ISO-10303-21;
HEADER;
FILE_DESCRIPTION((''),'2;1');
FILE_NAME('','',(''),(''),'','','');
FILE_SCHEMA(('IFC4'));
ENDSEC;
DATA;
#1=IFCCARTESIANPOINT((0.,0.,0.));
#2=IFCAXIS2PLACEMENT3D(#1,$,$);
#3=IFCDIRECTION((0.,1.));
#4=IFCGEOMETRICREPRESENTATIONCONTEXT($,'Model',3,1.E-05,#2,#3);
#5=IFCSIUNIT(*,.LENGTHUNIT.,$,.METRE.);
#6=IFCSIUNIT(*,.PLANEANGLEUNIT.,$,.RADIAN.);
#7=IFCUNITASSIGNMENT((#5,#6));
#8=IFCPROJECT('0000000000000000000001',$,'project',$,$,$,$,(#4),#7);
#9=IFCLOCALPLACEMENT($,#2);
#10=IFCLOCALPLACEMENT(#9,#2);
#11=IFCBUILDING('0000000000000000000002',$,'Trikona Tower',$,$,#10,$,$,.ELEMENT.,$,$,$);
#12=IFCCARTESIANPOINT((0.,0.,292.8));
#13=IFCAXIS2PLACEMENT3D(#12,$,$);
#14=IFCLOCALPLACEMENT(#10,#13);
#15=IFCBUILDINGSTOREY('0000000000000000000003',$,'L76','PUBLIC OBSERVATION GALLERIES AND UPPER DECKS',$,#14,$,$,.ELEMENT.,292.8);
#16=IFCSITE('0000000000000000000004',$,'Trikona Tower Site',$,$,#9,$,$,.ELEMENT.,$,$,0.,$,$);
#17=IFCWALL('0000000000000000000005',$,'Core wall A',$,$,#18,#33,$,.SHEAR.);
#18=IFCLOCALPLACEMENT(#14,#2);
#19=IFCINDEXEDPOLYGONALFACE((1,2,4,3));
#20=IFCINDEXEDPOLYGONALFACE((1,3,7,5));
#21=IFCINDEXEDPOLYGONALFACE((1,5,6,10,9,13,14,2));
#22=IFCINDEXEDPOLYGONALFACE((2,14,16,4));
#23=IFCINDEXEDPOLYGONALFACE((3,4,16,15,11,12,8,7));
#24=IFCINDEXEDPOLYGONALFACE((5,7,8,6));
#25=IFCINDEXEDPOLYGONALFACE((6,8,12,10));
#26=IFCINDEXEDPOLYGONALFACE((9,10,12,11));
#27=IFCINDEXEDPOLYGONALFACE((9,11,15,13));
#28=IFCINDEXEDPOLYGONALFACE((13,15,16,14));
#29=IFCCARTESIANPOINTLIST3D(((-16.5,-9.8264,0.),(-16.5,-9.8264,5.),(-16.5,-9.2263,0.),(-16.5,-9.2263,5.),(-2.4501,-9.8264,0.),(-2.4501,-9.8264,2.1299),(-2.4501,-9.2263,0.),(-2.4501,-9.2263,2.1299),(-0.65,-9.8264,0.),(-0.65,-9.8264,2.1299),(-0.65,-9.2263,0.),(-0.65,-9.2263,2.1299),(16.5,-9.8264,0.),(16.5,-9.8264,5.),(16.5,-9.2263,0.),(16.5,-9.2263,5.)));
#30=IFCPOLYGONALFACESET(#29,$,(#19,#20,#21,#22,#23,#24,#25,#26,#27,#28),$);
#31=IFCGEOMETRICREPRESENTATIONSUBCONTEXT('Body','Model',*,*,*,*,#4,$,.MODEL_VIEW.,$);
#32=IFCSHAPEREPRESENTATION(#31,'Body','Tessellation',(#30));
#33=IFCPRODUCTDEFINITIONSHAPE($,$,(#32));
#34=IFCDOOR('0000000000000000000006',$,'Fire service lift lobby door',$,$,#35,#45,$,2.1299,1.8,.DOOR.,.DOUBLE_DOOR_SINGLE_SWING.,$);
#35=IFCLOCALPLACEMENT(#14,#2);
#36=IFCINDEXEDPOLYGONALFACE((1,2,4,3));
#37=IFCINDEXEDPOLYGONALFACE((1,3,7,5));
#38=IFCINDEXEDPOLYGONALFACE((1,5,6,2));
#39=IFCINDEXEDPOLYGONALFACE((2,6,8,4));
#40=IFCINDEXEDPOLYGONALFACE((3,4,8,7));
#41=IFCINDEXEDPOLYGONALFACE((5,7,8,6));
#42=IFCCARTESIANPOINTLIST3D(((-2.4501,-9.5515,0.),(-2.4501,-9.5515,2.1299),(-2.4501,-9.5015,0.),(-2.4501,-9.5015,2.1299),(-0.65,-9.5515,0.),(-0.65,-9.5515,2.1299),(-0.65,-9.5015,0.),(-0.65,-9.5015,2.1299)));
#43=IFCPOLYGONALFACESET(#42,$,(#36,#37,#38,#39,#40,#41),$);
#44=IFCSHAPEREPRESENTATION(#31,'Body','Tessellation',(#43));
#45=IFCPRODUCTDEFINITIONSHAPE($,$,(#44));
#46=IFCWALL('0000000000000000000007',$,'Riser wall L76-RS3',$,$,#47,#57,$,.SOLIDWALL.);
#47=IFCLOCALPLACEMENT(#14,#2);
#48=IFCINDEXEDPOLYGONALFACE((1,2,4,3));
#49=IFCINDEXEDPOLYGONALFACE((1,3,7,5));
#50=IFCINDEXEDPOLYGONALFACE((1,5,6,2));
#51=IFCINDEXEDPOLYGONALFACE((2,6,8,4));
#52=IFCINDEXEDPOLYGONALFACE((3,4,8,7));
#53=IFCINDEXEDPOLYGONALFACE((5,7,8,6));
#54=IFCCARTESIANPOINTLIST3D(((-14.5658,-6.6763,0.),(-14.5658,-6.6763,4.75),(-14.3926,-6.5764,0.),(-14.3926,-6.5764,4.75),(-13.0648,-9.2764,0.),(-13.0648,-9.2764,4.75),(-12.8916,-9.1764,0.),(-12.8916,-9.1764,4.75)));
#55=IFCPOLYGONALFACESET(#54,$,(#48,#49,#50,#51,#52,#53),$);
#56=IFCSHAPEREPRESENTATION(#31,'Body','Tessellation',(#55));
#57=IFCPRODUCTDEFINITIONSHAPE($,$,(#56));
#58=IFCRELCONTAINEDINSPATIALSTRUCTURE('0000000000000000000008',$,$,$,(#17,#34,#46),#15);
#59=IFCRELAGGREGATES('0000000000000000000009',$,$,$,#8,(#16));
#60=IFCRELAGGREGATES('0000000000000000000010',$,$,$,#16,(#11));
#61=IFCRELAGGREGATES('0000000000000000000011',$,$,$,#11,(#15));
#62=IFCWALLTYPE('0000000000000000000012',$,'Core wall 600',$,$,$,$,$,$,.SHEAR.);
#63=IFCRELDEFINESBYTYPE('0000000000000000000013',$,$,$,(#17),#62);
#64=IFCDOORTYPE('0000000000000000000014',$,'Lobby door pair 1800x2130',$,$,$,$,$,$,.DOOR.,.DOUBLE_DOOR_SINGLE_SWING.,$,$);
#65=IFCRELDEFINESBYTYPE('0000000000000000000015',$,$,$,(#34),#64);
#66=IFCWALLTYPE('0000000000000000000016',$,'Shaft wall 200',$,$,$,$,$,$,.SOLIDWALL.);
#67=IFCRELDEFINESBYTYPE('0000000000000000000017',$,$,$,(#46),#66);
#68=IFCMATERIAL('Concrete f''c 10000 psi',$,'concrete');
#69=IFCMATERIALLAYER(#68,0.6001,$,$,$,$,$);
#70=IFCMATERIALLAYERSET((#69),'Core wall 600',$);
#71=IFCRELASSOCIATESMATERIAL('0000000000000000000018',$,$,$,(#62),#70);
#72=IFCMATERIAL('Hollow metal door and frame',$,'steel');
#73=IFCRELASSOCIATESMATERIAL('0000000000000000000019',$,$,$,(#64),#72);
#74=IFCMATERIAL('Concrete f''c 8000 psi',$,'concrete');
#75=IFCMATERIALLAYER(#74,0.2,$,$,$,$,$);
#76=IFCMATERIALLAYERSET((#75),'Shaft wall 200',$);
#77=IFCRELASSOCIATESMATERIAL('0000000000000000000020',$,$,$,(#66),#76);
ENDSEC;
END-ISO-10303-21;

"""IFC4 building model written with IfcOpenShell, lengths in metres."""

from ifc_helpers import new_model, si_unit, direction, frame, frame_2d, origin, place, context, subcontext, project, spatial, rectangle, extrude, material, layer, layer_set, type_object, element, fill, save


model = new_model("IFC4")

# Units and contexts
model_context = context("Model", 3, precision=1e-05, world=origin(), true_north=direction((0.0, 1.0)))
body_context = subcontext(model_context, "Body", "Model", "MODEL_VIEW")
ifc_project = project(units=[si_unit("LENGTHUNIT", "METRE"), si_unit("PLANEANGLEUNIT", "RADIAN")], contexts=[model_context])

# Site, building, storey
site_placement = place(None, origin())
site = spatial("IfcSite", under=ifc_project, at=site_placement, Name="Trikona Tower Site", CompositionType="ELEMENT", RefElevation=0.0)
building_placement = place(site_placement, origin())
building = spatial("IfcBuilding", under=site, at=building_placement, Name="Trikona Tower", CompositionType="ELEMENT")
storey_placement = place(building_placement, frame((0.0, 0.0, 292.8)))
storey = spatial("IfcBuildingStorey", under=building, at=storey_placement, Name="L76", Description="PUBLIC OBSERVATION GALLERIES AND UPPER DECKS", CompositionType="ELEMENT", Elevation=292.8)

# Wall, opening, door
ifc_material_1 = material(Name="Concrete f'c 10000 psi", Category="concrete")
ifc_layer_1 = layer(ifc_material_1, 0.6001)
ifc_layer_set_1 = layer_set([ifc_layer_1], Name="Core wall 600")
wall_type_1 = type_object("IfcWallType", Name="Core wall 600", PredefinedType="SHEAR", material=ifc_layer_set_1)
wall_1_placement = place(storey_placement, frame((-16.5, -9.5264, 0.0), z_axis=(0.0, 0.0, 1.0), x_axis=(1.0, 0.0, 0.0)))
wall_1 = element("IfcWall", 1, at=wall_1_placement, inside=storey, type_object=wall_type_1, Name="Core wall A", PredefinedType="SHEAR", context=body_context, shape_type="SweptSolid", body=[
    extrude(rectangle(XDim=33.0, YDim=0.6001, at=frame_2d((16.5, 0.0))), origin(), (0.0, 0.0, 1.0), 5.0),
])
opening_1_placement = place(wall_1_placement, frame((14.05, 0.0, 0.0)))
opening_1 = element("IfcOpeningElement", 2, at=opening_1_placement, cuts=wall_1, PredefinedType="OPENING", context=body_context, shape_type="SweptSolid", body=[
    extrude(rectangle(XDim=1.8, YDim=2.1299, at=frame_2d((0.8999, 1.0649))), frame((0.0, 0.3101, 0.0), z_axis=(0.0, -1.0, 0.0), x_axis=(1.0, 0.0, 0.0)), (0.0, 0.0, 1.0), 0.6201),
])
ifc_material_2 = material(Name="Hollow metal door and frame", Category="steel")
door_type_1 = type_object("IfcDoorType", Name="Lobby door pair 1800x2130", OperationType="DOUBLE_DOOR_SINGLE_SWING", PredefinedType="DOOR", material=ifc_material_2)
door_1_placement = place(opening_1_placement, origin())
door_1 = element("IfcDoor", 3, at=door_1_placement, inside=storey, type_object=door_type_1, Name="Fire service lift lobby door", OperationType="DOUBLE_DOOR_SINGLE_SWING", OverallHeight=2.1299, OverallWidth=1.8, PredefinedType="DOOR", context=body_context, shape_type="SweptSolid", body=[
    extrude(rectangle(XDim=1.8, YDim=2.1299, at=frame_2d((0.8999, 1.0649))), frame((0.0, 0.0249, 0.0), z_axis=(0.0, -1.0, 0.0), x_axis=(1.0, 0.0, 0.0)), (0.0, 0.0, 1.0), 0.05),
])
fill(opening_1, door_1)

# Wall
ifc_material_3 = material(Name="Concrete f'c 8000 psi", Category="concrete")
ifc_layer_2 = layer(ifc_material_3, 0.2)
ifc_layer_set_2 = layer_set([ifc_layer_2], Name="Shaft wall 200")
wall_type_2 = type_object("IfcWallType", Name="Shaft wall 200", PredefinedType="SOLIDWALL", material=ifc_layer_set_2)
wall_2_placement = place(storey_placement, frame((-12.9783, -9.2263, 0.0), z_axis=(0.0, 0.0, 1.0), x_axis=(-0.499952, 0.866053, 0.0)))
element("IfcWall", 4, at=wall_2_placement, inside=storey, type_object=wall_type_2, Name="Riser wall L76-RS3", PredefinedType="SOLIDWALL", context=body_context, shape_type="SweptSolid", body=[
    extrude(rectangle(XDim=3.0022, YDim=0.2, at=frame_2d((1.501, 0.0))), origin(), (0.0, 0.0, 1.0), 4.75),
])

save(model, "model.ifc")
